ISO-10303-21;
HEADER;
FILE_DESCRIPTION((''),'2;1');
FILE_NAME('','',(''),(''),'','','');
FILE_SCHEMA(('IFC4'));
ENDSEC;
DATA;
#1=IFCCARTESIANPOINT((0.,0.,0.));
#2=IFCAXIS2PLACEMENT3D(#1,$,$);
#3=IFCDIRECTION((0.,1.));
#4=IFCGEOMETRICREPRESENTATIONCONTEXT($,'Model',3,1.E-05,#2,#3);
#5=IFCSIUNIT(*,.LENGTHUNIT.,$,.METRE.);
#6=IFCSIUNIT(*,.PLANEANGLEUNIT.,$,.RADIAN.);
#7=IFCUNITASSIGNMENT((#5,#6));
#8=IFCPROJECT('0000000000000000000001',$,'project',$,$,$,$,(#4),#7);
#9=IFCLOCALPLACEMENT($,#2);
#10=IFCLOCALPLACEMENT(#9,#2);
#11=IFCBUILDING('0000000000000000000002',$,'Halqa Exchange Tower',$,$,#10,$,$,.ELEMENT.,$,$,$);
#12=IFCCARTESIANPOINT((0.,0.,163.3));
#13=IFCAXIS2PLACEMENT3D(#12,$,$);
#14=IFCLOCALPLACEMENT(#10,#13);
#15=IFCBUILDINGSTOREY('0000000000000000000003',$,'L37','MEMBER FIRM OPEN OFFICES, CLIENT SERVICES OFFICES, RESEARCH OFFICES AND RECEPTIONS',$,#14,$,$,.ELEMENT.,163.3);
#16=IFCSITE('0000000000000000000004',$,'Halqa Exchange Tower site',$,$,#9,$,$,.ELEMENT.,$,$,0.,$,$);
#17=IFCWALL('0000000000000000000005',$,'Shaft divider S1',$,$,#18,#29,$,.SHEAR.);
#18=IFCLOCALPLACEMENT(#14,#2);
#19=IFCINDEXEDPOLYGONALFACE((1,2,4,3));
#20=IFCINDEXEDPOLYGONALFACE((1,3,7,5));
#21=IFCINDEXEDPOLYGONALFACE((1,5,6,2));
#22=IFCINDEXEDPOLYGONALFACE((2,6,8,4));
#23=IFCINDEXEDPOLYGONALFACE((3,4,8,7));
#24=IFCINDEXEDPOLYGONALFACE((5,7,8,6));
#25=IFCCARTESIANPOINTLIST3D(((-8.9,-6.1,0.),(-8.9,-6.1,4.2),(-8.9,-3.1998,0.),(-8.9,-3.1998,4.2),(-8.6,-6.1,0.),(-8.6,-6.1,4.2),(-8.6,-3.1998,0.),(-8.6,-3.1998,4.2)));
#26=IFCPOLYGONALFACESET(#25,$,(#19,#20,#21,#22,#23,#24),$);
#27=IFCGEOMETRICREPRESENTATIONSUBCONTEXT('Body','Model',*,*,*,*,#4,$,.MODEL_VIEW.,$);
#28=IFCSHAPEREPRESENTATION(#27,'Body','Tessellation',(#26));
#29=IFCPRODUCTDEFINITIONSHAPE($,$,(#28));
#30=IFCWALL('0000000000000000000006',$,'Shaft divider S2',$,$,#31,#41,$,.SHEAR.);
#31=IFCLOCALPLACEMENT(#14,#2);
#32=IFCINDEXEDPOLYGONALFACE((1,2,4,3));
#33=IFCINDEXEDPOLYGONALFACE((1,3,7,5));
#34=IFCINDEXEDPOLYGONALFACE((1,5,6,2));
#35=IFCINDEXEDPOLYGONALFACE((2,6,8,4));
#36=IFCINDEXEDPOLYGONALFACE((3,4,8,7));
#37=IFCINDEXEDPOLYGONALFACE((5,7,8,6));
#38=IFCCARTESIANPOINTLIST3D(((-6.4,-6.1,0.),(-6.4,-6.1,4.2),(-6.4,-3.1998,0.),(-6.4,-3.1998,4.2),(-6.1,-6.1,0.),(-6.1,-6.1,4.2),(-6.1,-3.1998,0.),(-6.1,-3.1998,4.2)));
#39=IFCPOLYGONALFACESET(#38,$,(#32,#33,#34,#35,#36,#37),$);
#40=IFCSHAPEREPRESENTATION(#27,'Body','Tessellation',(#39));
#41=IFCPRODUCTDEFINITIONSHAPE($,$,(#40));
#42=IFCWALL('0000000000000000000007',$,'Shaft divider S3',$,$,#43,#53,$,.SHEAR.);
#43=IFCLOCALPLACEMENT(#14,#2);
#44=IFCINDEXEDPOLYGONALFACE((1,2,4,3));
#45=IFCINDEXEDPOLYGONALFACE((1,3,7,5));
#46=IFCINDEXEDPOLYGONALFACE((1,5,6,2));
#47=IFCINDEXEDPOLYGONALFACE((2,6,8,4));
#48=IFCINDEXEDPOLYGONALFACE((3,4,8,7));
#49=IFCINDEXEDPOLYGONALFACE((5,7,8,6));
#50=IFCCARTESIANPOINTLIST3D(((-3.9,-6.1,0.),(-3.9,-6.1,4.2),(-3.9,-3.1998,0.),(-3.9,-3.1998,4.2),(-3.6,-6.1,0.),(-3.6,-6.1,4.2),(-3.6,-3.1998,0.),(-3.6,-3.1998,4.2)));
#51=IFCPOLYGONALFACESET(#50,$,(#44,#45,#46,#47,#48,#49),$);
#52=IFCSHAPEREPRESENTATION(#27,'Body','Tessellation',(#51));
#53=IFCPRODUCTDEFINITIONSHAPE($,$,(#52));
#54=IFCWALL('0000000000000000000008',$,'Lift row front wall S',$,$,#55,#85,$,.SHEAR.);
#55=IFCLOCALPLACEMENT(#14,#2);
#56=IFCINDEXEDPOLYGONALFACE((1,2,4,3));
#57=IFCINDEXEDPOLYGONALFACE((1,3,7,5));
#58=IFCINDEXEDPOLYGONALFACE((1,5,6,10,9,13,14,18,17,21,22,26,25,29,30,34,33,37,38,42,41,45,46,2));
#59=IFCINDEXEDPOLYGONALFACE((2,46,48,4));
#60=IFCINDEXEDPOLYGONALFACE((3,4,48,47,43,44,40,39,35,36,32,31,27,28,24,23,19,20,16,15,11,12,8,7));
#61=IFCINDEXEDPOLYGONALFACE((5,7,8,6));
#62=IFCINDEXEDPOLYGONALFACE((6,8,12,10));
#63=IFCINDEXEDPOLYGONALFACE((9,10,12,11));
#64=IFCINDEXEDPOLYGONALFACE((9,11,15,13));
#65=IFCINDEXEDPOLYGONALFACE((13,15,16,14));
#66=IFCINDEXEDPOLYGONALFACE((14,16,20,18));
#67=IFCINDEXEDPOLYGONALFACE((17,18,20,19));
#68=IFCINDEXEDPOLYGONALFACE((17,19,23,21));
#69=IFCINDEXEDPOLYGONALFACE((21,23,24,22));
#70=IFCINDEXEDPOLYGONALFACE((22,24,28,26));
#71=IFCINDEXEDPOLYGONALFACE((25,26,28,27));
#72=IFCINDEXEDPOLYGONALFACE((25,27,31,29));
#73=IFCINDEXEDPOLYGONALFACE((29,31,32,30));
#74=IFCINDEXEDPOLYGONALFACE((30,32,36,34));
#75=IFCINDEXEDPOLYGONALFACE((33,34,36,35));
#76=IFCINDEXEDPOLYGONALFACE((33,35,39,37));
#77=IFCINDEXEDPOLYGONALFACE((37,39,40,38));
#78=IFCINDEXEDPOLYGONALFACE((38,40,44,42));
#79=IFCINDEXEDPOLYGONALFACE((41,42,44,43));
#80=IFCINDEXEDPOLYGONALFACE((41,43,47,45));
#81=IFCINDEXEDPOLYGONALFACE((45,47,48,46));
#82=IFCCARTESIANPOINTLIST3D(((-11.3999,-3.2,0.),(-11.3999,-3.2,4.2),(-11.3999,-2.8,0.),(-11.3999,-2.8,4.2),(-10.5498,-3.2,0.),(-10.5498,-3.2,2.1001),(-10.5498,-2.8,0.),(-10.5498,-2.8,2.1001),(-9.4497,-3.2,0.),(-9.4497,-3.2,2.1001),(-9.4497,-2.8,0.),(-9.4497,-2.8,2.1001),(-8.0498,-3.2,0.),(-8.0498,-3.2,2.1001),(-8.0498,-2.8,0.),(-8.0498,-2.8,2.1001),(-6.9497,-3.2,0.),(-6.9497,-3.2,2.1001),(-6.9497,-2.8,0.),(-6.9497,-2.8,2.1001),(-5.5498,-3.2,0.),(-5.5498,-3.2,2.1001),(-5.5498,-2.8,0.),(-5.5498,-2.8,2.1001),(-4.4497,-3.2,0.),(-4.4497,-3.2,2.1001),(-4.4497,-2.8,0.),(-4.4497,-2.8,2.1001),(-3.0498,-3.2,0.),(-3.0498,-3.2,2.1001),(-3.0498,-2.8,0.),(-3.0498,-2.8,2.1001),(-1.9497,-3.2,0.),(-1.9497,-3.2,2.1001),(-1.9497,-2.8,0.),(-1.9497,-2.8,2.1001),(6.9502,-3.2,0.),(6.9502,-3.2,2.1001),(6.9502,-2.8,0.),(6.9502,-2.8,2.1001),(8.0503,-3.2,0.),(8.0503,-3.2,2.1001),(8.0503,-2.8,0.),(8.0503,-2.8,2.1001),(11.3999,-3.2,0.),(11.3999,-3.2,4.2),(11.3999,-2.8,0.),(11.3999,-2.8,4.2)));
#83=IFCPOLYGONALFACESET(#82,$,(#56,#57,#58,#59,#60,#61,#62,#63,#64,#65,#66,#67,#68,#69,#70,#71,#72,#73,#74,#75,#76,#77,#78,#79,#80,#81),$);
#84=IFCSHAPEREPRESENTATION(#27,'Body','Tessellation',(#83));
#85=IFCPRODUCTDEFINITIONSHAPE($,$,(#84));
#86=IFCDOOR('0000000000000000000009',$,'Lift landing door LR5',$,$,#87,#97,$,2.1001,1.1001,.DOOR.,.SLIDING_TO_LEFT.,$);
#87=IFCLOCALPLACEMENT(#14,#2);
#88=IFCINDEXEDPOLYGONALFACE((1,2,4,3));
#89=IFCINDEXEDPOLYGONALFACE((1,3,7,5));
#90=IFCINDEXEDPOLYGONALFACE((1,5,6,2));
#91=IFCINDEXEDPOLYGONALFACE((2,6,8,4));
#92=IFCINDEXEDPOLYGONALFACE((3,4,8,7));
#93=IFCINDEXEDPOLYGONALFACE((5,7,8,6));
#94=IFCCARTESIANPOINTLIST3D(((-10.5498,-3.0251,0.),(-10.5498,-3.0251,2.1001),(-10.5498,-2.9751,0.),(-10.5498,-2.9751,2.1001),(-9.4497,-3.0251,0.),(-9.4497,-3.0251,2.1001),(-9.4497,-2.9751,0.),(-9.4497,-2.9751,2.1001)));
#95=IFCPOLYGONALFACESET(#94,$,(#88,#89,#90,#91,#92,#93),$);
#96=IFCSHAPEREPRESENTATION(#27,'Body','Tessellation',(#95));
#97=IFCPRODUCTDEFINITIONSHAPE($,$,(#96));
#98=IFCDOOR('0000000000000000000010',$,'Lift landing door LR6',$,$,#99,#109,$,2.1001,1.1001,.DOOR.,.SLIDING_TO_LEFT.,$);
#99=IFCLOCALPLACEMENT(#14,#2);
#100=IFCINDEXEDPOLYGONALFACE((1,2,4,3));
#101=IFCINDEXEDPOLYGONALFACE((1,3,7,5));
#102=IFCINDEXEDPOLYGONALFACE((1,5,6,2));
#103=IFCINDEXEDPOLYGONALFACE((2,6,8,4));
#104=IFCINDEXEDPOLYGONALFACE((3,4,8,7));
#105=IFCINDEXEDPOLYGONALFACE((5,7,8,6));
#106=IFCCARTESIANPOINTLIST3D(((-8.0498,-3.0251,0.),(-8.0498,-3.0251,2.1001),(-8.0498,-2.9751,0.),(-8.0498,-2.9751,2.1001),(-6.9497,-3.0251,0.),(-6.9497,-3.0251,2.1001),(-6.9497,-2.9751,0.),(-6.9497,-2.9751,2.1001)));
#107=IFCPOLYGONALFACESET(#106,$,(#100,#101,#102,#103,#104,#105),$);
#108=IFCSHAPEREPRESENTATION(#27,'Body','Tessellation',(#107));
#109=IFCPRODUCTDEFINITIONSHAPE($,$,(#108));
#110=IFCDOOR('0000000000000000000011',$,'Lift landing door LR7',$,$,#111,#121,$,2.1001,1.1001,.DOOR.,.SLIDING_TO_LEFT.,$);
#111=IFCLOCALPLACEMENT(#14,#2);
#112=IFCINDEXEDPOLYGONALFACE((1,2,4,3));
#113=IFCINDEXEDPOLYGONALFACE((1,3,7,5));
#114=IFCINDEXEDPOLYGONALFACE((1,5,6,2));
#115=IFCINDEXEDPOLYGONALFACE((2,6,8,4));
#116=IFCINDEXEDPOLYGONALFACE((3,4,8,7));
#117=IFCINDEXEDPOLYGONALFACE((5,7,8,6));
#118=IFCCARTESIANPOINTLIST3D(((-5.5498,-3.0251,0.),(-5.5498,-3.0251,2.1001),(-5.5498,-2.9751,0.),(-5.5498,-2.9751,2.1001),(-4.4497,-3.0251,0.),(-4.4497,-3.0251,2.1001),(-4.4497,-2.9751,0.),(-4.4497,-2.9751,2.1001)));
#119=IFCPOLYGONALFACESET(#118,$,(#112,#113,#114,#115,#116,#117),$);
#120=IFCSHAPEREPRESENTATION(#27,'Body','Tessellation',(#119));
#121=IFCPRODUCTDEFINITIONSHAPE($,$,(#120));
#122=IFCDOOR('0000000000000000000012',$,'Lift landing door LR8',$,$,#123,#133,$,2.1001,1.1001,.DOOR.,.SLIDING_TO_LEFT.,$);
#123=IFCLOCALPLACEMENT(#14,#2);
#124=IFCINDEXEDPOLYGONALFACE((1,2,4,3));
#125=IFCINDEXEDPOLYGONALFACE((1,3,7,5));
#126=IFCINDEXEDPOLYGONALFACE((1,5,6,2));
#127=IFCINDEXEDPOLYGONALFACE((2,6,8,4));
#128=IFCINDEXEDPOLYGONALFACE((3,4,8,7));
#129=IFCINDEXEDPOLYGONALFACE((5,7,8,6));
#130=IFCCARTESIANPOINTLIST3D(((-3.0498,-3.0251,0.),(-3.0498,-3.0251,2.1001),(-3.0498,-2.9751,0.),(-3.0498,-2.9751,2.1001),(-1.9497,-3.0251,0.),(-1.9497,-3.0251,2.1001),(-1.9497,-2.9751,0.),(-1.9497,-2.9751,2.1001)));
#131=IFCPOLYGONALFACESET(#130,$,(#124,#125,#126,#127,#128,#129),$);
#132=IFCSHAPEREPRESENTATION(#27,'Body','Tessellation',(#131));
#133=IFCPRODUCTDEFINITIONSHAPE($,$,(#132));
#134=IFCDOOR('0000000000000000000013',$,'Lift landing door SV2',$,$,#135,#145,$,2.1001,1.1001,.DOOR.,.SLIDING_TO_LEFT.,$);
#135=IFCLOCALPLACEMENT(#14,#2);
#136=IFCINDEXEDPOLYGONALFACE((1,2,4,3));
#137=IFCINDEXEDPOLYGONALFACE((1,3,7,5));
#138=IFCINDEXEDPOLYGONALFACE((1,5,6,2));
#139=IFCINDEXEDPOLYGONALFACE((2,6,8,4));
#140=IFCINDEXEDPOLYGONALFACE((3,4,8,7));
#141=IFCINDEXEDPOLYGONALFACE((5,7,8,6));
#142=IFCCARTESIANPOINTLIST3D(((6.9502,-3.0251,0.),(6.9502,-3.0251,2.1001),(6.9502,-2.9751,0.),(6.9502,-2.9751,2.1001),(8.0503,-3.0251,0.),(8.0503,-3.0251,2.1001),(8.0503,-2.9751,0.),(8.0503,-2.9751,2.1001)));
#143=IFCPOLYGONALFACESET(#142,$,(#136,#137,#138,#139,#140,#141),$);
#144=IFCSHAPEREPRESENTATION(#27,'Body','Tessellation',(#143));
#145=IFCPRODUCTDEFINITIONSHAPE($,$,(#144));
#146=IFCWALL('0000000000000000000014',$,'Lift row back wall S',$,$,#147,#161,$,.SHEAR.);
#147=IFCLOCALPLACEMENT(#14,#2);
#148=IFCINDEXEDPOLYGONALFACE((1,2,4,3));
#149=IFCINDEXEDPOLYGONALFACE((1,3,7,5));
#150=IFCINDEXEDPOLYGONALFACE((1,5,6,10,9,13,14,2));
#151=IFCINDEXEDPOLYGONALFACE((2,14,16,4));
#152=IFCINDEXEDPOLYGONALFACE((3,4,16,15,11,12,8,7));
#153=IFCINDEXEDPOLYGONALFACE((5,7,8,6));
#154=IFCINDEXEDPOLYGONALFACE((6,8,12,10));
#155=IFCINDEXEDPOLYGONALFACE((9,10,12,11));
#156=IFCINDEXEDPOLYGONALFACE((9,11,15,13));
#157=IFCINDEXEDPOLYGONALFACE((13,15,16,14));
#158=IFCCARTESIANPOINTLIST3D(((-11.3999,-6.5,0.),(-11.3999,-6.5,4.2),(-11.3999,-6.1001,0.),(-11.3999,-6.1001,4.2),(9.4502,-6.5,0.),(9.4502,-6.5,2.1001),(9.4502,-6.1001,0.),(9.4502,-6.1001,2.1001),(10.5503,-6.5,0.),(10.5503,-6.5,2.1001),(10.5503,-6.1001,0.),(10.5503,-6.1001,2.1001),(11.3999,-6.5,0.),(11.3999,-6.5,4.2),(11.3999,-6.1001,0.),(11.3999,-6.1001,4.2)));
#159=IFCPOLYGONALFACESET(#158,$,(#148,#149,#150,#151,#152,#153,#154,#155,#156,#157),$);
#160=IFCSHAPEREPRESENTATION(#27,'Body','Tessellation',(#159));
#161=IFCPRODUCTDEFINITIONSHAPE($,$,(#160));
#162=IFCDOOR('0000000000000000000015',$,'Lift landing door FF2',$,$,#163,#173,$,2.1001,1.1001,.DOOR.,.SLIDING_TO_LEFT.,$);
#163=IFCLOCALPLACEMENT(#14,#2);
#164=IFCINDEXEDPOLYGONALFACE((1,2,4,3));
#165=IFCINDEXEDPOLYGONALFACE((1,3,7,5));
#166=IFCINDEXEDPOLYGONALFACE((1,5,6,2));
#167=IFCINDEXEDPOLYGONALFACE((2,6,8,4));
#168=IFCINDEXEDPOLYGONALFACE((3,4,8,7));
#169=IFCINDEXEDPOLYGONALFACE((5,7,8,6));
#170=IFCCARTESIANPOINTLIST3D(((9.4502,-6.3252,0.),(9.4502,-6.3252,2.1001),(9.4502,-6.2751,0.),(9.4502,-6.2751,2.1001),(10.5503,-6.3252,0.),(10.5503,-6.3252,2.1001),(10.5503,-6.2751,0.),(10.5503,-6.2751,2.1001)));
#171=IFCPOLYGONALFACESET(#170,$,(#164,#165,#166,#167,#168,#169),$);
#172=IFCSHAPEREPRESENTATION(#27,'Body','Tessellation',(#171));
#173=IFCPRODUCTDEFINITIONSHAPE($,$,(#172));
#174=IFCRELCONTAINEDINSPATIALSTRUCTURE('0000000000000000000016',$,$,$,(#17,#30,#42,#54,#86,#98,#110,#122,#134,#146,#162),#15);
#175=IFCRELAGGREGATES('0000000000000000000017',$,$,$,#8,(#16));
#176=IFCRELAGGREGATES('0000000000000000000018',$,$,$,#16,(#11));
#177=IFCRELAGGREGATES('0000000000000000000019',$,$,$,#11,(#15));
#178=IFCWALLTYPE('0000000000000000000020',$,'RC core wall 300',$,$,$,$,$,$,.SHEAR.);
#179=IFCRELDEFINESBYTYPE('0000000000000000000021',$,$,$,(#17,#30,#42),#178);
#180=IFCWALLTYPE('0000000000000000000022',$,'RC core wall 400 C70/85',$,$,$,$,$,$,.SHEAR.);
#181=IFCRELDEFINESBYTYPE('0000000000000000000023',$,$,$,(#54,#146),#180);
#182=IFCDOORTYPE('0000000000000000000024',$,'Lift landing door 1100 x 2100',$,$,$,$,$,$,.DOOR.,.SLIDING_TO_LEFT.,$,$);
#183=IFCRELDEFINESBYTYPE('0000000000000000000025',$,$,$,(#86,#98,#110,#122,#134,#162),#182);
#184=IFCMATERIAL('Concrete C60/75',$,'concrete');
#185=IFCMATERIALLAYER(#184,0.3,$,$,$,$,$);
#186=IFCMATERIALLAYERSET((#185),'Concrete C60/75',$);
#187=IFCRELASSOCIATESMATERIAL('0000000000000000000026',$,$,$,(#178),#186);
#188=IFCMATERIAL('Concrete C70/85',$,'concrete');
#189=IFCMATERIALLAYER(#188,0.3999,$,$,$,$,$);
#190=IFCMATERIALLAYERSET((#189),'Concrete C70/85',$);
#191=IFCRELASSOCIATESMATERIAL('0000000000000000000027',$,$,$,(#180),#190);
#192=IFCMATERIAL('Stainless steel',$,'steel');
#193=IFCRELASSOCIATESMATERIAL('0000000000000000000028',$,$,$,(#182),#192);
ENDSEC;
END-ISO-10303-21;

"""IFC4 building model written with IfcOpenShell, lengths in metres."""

from ifc_helpers import new_model, si_unit, direction, frame, frame_2d, origin, place, context, subcontext, project, spatial, rectangle, extrude, material, layer, layer_set, type_object, element, fill, save


model = new_model("IFC4")

# Units and contexts
model_context = context("Model", 3, precision=1e-05, world=origin(), true_north=direction((0.0, 1.0)))
body_context = subcontext(model_context, "Body", "Model", "MODEL_VIEW")
ifc_project = project(units=[si_unit("LENGTHUNIT", "METRE"), si_unit("PLANEANGLEUNIT", "RADIAN")], contexts=[model_context])

# Site, building, storey
site_placement = place(None, origin())
site = spatial("IfcSite", under=ifc_project, at=site_placement, Name="Halqa Exchange Tower site", CompositionType="ELEMENT", RefElevation=0.0)
building_placement = place(site_placement, origin())
building = spatial("IfcBuilding", under=site, at=building_placement, Name="Halqa Exchange Tower", CompositionType="ELEMENT")
storey_placement = place(building_placement, frame((0.0, 0.0, 163.3)))
storey = spatial("IfcBuildingStorey", under=building, at=storey_placement, Name="L37", Description="MEMBER FIRM OPEN OFFICES, CLIENT SERVICES OFFICES, RESEARCH OFFICES AND RECEPTIONS", CompositionType="ELEMENT", Elevation=163.3)

# Walls
ifc_material_1 = material(Name="Concrete C60/75", Category="concrete")
ifc_layer_1 = layer(ifc_material_1, 0.3)
ifc_layer_set_1 = layer_set([ifc_layer_1], Name="Concrete C60/75")
wall_type_1 = type_object("IfcWallType", Name="RC core wall 300", PredefinedType="SHEAR", material=ifc_layer_set_1)
for number, where, z_axis, x_axis, name in (
    (1, (-8.75, -6.1001, 0.0), (0.0, 0.0, 1.0), (0.0, 1.0, 0.0), "Shaft divider S1"),
    (2, (-6.25, -6.1001, 0.0), (0.0, 0.0, 1.0), (0.0, 1.0, 0.0), "Shaft divider S2"),
    (3, (-3.75, -6.1001, 0.0), (0.0, 0.0, 1.0), (0.0, 1.0, 0.0), "Shaft divider S3"),
):
    element("IfcWall", number, at=place(storey_placement, frame(where, z_axis=z_axis, x_axis=x_axis)), inside=storey, type_object=wall_type_1, Name=name, PredefinedType="SHEAR", context=body_context, shape_type="SweptSolid", body=[
        extrude(rectangle(XDim=2.9001, YDim=0.3, at=frame_2d((1.4502, 0.0))), origin(), (0.0, 0.0, 1.0), 4.2),
    ])

# Wall, openings, doors
ifc_material_2 = material(Name="Concrete C70/85", Category="concrete")
ifc_layer_2 = layer(ifc_material_2, 0.3999)
ifc_layer_set_2 = layer_set([ifc_layer_2], Name="Concrete C70/85")
wall_type_2 = type_object("IfcWallType", Name="RC core wall 400 C70/85", PredefinedType="SHEAR", material=ifc_layer_set_2)
wall_1_placement = place(storey_placement, frame((-11.3999, -3.0, 0.0), z_axis=(0.0, 0.0, 1.0), x_axis=(1.0, 0.0, 0.0)))
wall_1 = element("IfcWall", 4, at=wall_1_placement, inside=storey, type_object=wall_type_2, Name="Lift row front wall S", PredefinedType="SHEAR", context=body_context, shape_type="SweptSolid", body=[
    extrude(rectangle(XDim=22.7998, YDim=0.3999, at=frame_2d((11.3999, 0.0))), origin(), (0.0, 0.0, 1.0), 4.2),
])
opening_1_placement = place(wall_1_placement, frame((0.8501, 0.0, 0.0)))
opening_1 = element("IfcOpeningElement", 5, at=opening_1_placement, cuts=wall_1, PredefinedType="OPENING", context=body_context, shape_type="SweptSolid", body=[
    extrude(rectangle(XDim=1.1001, YDim=2.1001, at=frame_2d((0.55, 1.05))), frame((0.0, 0.2119, 0.0), z_axis=(0.0, -1.0, 0.0), x_axis=(1.0, 0.0, 0.0)), (0.0, 0.0, 1.0), 0.4238),
])
opening_2_placement = place(wall_1_placement, frame((3.3501, 0.0, 0.0)))
opening_2 = element("IfcOpeningElement", 6, at=opening_2_placement, cuts=wall_1, PredefinedType="OPENING", context=body_context, shape_type="SweptSolid", body=[
    extrude(rectangle(XDim=1.1001, YDim=2.1001, at=frame_2d((0.55, 1.05))), frame((0.0, 0.2119, 0.0), z_axis=(0.0, -1.0, 0.0), x_axis=(1.0, 0.0, 0.0)), (0.0, 0.0, 1.0), 0.4238),
])
opening_3_placement = place(wall_1_placement, frame((5.8501, 0.0, 0.0)))
opening_3 = element("IfcOpeningElement", 7, at=opening_3_placement, cuts=wall_1, PredefinedType="OPENING", context=body_context, shape_type="SweptSolid", body=[
    extrude(rectangle(XDim=1.1001, YDim=2.1001, at=frame_2d((0.55, 1.05))), frame((0.0, 0.2119, 0.0), z_axis=(0.0, -1.0, 0.0), x_axis=(1.0, 0.0, 0.0)), (0.0, 0.0, 1.0), 0.4238),
])
opening_4_placement = place(wall_1_placement, frame((8.3501, 0.0, 0.0)))
opening_4 = element("IfcOpeningElement", 8, at=opening_4_placement, cuts=wall_1, PredefinedType="OPENING", context=body_context, shape_type="SweptSolid", body=[
    extrude(rectangle(XDim=1.1001, YDim=2.1001, at=frame_2d((0.55, 1.05))), frame((0.0, 0.2119, 0.0), z_axis=(0.0, -1.0, 0.0), x_axis=(1.0, 0.0, 0.0)), (0.0, 0.0, 1.0), 0.4238),
])
opening_5_placement = place(wall_1_placement, frame((18.3501, 0.0, 0.0)))
opening_5 = element("IfcOpeningElement", 9, at=opening_5_placement, cuts=wall_1, PredefinedType="OPENING", context=body_context, shape_type="SweptSolid", body=[
    extrude(rectangle(XDim=1.1001, YDim=2.1001, at=frame_2d((0.55, 1.05))), frame((0.0, 0.2119, 0.0), z_axis=(0.0, -1.0, 0.0), x_axis=(1.0, 0.0, 0.0)), (0.0, 0.0, 1.0), 0.4238),
])
ifc_material_3 = material(Name="Stainless steel", Category="steel")
door_type = type_object("IfcDoorType", Name="Lift landing door 1100 x 2100", OperationType="SLIDING_TO_LEFT", PredefinedType="DOOR", material=ifc_material_3)
door_1_placement = place(opening_1_placement, origin())
door_1 = element("IfcDoor", 10, at=door_1_placement, inside=storey, type_object=door_type, Name="Lift landing door LR5", OperationType="SLIDING_TO_LEFT", OverallHeight=2.1001, OverallWidth=1.1001, PredefinedType="DOOR", context=body_context, shape_type="SweptSolid", body=[
    extrude(rectangle(XDim=1.1001, YDim=2.1001, at=frame_2d((0.55, 1.05))), frame((0.0, 0.0249, 0.0), z_axis=(0.0, -1.0, 0.0), x_axis=(1.0, 0.0, 0.0)), (0.0, 0.0, 1.0), 0.05),
])
fill(opening_1, door_1)
door_2_placement = place(opening_2_placement, origin())
door_2 = element("IfcDoor", 11, at=door_2_placement, inside=storey, type_object=door_type, Name="Lift landing door LR6", OperationType="SLIDING_TO_LEFT", OverallHeight=2.1001, OverallWidth=1.1001, PredefinedType="DOOR", context=body_context, shape_type="SweptSolid", body=[
    extrude(rectangle(XDim=1.1001, YDim=2.1001, at=frame_2d((0.55, 1.05))), frame((0.0, 0.0249, 0.0), z_axis=(0.0, -1.0, 0.0), x_axis=(1.0, 0.0, 0.0)), (0.0, 0.0, 1.0), 0.05),
])
fill(opening_2, door_2)
door_3_placement = place(opening_3_placement, origin())
door_3 = element("IfcDoor", 12, at=door_3_placement, inside=storey, type_object=door_type, Name="Lift landing door LR7", OperationType="SLIDING_TO_LEFT", OverallHeight=2.1001, OverallWidth=1.1001, PredefinedType="DOOR", context=body_context, shape_type="SweptSolid", body=[
    extrude(rectangle(XDim=1.1001, YDim=2.1001, at=frame_2d((0.55, 1.05))), frame((0.0, 0.0249, 0.0), z_axis=(0.0, -1.0, 0.0), x_axis=(1.0, 0.0, 0.0)), (0.0, 0.0, 1.0), 0.05),
])
fill(opening_3, door_3)
door_4_placement = place(opening_4_placement, origin())
door_4 = element("IfcDoor", 13, at=door_4_placement, inside=storey, type_object=door_type, Name="Lift landing door LR8", OperationType="SLIDING_TO_LEFT", OverallHeight=2.1001, OverallWidth=1.1001, PredefinedType="DOOR", context=body_context, shape_type="SweptSolid", body=[
    extrude(rectangle(XDim=1.1001, YDim=2.1001, at=frame_2d((0.55, 1.05))), frame((0.0, 0.0249, 0.0), z_axis=(0.0, -1.0, 0.0), x_axis=(1.0, 0.0, 0.0)), (0.0, 0.0, 1.0), 0.05),
])
fill(opening_4, door_4)
door_5_placement = place(opening_5_placement, origin())
door_5 = element("IfcDoor", 14, at=door_5_placement, inside=storey, type_object=door_type, Name="Lift landing door SV2", OperationType="SLIDING_TO_LEFT", OverallHeight=2.1001, OverallWidth=1.1001, PredefinedType="DOOR", context=body_context, shape_type="SweptSolid", body=[
    extrude(rectangle(XDim=1.1001, YDim=2.1001, at=frame_2d((0.55, 1.05))), frame((0.0, 0.0249, 0.0), z_axis=(0.0, -1.0, 0.0), x_axis=(1.0, 0.0, 0.0)), (0.0, 0.0, 1.0), 0.05),
])
fill(opening_5, door_5)

# Wall, opening, door
wall_2_placement = place(storey_placement, frame((-11.3999, -6.3, 0.0), z_axis=(0.0, 0.0, 1.0), x_axis=(1.0, 0.0, 0.0)))
wall_2 = element("IfcWall", 15, at=wall_2_placement, inside=storey, type_object=wall_type_2, Name="Lift row back wall S", PredefinedType="SHEAR", context=body_context, shape_type="SweptSolid", body=[
    extrude(rectangle(XDim=22.7998, YDim=0.3999, at=frame_2d((11.3999, 0.0))), origin(), (0.0, 0.0, 1.0), 4.2),
])
opening_6_placement = place(wall_2_placement, frame((20.8501, 0.0, 0.0)))
opening_6 = element("IfcOpeningElement", 16, at=opening_6_placement, cuts=wall_2, PredefinedType="OPENING", context=body_context, shape_type="SweptSolid", body=[
    extrude(rectangle(XDim=1.1001, YDim=2.1001, at=frame_2d((0.55, 1.05))), frame((0.0, 0.2119, 0.0), z_axis=(0.0, -1.0, 0.0), x_axis=(1.0, 0.0, 0.0)), (0.0, 0.0, 1.0), 0.4238),
])
door_6_placement = place(opening_6_placement, origin())
door_6 = element("IfcDoor", 17, at=door_6_placement, inside=storey, type_object=door_type, Name="Lift landing door FF2", OperationType="SLIDING_TO_LEFT", OverallHeight=2.1001, OverallWidth=1.1001, PredefinedType="DOOR", context=body_context, shape_type="SweptSolid", body=[
    extrude(rectangle(XDim=1.1001, YDim=2.1001, at=frame_2d((0.55, 1.05))), frame((0.0, 0.0249, 0.0), z_axis=(0.0, -1.0, 0.0), x_axis=(1.0, 0.0, 0.0)), (0.0, 0.0, 1.0), 0.05),
])
fill(opening_6, door_6)

save(model, "model.ifc")
